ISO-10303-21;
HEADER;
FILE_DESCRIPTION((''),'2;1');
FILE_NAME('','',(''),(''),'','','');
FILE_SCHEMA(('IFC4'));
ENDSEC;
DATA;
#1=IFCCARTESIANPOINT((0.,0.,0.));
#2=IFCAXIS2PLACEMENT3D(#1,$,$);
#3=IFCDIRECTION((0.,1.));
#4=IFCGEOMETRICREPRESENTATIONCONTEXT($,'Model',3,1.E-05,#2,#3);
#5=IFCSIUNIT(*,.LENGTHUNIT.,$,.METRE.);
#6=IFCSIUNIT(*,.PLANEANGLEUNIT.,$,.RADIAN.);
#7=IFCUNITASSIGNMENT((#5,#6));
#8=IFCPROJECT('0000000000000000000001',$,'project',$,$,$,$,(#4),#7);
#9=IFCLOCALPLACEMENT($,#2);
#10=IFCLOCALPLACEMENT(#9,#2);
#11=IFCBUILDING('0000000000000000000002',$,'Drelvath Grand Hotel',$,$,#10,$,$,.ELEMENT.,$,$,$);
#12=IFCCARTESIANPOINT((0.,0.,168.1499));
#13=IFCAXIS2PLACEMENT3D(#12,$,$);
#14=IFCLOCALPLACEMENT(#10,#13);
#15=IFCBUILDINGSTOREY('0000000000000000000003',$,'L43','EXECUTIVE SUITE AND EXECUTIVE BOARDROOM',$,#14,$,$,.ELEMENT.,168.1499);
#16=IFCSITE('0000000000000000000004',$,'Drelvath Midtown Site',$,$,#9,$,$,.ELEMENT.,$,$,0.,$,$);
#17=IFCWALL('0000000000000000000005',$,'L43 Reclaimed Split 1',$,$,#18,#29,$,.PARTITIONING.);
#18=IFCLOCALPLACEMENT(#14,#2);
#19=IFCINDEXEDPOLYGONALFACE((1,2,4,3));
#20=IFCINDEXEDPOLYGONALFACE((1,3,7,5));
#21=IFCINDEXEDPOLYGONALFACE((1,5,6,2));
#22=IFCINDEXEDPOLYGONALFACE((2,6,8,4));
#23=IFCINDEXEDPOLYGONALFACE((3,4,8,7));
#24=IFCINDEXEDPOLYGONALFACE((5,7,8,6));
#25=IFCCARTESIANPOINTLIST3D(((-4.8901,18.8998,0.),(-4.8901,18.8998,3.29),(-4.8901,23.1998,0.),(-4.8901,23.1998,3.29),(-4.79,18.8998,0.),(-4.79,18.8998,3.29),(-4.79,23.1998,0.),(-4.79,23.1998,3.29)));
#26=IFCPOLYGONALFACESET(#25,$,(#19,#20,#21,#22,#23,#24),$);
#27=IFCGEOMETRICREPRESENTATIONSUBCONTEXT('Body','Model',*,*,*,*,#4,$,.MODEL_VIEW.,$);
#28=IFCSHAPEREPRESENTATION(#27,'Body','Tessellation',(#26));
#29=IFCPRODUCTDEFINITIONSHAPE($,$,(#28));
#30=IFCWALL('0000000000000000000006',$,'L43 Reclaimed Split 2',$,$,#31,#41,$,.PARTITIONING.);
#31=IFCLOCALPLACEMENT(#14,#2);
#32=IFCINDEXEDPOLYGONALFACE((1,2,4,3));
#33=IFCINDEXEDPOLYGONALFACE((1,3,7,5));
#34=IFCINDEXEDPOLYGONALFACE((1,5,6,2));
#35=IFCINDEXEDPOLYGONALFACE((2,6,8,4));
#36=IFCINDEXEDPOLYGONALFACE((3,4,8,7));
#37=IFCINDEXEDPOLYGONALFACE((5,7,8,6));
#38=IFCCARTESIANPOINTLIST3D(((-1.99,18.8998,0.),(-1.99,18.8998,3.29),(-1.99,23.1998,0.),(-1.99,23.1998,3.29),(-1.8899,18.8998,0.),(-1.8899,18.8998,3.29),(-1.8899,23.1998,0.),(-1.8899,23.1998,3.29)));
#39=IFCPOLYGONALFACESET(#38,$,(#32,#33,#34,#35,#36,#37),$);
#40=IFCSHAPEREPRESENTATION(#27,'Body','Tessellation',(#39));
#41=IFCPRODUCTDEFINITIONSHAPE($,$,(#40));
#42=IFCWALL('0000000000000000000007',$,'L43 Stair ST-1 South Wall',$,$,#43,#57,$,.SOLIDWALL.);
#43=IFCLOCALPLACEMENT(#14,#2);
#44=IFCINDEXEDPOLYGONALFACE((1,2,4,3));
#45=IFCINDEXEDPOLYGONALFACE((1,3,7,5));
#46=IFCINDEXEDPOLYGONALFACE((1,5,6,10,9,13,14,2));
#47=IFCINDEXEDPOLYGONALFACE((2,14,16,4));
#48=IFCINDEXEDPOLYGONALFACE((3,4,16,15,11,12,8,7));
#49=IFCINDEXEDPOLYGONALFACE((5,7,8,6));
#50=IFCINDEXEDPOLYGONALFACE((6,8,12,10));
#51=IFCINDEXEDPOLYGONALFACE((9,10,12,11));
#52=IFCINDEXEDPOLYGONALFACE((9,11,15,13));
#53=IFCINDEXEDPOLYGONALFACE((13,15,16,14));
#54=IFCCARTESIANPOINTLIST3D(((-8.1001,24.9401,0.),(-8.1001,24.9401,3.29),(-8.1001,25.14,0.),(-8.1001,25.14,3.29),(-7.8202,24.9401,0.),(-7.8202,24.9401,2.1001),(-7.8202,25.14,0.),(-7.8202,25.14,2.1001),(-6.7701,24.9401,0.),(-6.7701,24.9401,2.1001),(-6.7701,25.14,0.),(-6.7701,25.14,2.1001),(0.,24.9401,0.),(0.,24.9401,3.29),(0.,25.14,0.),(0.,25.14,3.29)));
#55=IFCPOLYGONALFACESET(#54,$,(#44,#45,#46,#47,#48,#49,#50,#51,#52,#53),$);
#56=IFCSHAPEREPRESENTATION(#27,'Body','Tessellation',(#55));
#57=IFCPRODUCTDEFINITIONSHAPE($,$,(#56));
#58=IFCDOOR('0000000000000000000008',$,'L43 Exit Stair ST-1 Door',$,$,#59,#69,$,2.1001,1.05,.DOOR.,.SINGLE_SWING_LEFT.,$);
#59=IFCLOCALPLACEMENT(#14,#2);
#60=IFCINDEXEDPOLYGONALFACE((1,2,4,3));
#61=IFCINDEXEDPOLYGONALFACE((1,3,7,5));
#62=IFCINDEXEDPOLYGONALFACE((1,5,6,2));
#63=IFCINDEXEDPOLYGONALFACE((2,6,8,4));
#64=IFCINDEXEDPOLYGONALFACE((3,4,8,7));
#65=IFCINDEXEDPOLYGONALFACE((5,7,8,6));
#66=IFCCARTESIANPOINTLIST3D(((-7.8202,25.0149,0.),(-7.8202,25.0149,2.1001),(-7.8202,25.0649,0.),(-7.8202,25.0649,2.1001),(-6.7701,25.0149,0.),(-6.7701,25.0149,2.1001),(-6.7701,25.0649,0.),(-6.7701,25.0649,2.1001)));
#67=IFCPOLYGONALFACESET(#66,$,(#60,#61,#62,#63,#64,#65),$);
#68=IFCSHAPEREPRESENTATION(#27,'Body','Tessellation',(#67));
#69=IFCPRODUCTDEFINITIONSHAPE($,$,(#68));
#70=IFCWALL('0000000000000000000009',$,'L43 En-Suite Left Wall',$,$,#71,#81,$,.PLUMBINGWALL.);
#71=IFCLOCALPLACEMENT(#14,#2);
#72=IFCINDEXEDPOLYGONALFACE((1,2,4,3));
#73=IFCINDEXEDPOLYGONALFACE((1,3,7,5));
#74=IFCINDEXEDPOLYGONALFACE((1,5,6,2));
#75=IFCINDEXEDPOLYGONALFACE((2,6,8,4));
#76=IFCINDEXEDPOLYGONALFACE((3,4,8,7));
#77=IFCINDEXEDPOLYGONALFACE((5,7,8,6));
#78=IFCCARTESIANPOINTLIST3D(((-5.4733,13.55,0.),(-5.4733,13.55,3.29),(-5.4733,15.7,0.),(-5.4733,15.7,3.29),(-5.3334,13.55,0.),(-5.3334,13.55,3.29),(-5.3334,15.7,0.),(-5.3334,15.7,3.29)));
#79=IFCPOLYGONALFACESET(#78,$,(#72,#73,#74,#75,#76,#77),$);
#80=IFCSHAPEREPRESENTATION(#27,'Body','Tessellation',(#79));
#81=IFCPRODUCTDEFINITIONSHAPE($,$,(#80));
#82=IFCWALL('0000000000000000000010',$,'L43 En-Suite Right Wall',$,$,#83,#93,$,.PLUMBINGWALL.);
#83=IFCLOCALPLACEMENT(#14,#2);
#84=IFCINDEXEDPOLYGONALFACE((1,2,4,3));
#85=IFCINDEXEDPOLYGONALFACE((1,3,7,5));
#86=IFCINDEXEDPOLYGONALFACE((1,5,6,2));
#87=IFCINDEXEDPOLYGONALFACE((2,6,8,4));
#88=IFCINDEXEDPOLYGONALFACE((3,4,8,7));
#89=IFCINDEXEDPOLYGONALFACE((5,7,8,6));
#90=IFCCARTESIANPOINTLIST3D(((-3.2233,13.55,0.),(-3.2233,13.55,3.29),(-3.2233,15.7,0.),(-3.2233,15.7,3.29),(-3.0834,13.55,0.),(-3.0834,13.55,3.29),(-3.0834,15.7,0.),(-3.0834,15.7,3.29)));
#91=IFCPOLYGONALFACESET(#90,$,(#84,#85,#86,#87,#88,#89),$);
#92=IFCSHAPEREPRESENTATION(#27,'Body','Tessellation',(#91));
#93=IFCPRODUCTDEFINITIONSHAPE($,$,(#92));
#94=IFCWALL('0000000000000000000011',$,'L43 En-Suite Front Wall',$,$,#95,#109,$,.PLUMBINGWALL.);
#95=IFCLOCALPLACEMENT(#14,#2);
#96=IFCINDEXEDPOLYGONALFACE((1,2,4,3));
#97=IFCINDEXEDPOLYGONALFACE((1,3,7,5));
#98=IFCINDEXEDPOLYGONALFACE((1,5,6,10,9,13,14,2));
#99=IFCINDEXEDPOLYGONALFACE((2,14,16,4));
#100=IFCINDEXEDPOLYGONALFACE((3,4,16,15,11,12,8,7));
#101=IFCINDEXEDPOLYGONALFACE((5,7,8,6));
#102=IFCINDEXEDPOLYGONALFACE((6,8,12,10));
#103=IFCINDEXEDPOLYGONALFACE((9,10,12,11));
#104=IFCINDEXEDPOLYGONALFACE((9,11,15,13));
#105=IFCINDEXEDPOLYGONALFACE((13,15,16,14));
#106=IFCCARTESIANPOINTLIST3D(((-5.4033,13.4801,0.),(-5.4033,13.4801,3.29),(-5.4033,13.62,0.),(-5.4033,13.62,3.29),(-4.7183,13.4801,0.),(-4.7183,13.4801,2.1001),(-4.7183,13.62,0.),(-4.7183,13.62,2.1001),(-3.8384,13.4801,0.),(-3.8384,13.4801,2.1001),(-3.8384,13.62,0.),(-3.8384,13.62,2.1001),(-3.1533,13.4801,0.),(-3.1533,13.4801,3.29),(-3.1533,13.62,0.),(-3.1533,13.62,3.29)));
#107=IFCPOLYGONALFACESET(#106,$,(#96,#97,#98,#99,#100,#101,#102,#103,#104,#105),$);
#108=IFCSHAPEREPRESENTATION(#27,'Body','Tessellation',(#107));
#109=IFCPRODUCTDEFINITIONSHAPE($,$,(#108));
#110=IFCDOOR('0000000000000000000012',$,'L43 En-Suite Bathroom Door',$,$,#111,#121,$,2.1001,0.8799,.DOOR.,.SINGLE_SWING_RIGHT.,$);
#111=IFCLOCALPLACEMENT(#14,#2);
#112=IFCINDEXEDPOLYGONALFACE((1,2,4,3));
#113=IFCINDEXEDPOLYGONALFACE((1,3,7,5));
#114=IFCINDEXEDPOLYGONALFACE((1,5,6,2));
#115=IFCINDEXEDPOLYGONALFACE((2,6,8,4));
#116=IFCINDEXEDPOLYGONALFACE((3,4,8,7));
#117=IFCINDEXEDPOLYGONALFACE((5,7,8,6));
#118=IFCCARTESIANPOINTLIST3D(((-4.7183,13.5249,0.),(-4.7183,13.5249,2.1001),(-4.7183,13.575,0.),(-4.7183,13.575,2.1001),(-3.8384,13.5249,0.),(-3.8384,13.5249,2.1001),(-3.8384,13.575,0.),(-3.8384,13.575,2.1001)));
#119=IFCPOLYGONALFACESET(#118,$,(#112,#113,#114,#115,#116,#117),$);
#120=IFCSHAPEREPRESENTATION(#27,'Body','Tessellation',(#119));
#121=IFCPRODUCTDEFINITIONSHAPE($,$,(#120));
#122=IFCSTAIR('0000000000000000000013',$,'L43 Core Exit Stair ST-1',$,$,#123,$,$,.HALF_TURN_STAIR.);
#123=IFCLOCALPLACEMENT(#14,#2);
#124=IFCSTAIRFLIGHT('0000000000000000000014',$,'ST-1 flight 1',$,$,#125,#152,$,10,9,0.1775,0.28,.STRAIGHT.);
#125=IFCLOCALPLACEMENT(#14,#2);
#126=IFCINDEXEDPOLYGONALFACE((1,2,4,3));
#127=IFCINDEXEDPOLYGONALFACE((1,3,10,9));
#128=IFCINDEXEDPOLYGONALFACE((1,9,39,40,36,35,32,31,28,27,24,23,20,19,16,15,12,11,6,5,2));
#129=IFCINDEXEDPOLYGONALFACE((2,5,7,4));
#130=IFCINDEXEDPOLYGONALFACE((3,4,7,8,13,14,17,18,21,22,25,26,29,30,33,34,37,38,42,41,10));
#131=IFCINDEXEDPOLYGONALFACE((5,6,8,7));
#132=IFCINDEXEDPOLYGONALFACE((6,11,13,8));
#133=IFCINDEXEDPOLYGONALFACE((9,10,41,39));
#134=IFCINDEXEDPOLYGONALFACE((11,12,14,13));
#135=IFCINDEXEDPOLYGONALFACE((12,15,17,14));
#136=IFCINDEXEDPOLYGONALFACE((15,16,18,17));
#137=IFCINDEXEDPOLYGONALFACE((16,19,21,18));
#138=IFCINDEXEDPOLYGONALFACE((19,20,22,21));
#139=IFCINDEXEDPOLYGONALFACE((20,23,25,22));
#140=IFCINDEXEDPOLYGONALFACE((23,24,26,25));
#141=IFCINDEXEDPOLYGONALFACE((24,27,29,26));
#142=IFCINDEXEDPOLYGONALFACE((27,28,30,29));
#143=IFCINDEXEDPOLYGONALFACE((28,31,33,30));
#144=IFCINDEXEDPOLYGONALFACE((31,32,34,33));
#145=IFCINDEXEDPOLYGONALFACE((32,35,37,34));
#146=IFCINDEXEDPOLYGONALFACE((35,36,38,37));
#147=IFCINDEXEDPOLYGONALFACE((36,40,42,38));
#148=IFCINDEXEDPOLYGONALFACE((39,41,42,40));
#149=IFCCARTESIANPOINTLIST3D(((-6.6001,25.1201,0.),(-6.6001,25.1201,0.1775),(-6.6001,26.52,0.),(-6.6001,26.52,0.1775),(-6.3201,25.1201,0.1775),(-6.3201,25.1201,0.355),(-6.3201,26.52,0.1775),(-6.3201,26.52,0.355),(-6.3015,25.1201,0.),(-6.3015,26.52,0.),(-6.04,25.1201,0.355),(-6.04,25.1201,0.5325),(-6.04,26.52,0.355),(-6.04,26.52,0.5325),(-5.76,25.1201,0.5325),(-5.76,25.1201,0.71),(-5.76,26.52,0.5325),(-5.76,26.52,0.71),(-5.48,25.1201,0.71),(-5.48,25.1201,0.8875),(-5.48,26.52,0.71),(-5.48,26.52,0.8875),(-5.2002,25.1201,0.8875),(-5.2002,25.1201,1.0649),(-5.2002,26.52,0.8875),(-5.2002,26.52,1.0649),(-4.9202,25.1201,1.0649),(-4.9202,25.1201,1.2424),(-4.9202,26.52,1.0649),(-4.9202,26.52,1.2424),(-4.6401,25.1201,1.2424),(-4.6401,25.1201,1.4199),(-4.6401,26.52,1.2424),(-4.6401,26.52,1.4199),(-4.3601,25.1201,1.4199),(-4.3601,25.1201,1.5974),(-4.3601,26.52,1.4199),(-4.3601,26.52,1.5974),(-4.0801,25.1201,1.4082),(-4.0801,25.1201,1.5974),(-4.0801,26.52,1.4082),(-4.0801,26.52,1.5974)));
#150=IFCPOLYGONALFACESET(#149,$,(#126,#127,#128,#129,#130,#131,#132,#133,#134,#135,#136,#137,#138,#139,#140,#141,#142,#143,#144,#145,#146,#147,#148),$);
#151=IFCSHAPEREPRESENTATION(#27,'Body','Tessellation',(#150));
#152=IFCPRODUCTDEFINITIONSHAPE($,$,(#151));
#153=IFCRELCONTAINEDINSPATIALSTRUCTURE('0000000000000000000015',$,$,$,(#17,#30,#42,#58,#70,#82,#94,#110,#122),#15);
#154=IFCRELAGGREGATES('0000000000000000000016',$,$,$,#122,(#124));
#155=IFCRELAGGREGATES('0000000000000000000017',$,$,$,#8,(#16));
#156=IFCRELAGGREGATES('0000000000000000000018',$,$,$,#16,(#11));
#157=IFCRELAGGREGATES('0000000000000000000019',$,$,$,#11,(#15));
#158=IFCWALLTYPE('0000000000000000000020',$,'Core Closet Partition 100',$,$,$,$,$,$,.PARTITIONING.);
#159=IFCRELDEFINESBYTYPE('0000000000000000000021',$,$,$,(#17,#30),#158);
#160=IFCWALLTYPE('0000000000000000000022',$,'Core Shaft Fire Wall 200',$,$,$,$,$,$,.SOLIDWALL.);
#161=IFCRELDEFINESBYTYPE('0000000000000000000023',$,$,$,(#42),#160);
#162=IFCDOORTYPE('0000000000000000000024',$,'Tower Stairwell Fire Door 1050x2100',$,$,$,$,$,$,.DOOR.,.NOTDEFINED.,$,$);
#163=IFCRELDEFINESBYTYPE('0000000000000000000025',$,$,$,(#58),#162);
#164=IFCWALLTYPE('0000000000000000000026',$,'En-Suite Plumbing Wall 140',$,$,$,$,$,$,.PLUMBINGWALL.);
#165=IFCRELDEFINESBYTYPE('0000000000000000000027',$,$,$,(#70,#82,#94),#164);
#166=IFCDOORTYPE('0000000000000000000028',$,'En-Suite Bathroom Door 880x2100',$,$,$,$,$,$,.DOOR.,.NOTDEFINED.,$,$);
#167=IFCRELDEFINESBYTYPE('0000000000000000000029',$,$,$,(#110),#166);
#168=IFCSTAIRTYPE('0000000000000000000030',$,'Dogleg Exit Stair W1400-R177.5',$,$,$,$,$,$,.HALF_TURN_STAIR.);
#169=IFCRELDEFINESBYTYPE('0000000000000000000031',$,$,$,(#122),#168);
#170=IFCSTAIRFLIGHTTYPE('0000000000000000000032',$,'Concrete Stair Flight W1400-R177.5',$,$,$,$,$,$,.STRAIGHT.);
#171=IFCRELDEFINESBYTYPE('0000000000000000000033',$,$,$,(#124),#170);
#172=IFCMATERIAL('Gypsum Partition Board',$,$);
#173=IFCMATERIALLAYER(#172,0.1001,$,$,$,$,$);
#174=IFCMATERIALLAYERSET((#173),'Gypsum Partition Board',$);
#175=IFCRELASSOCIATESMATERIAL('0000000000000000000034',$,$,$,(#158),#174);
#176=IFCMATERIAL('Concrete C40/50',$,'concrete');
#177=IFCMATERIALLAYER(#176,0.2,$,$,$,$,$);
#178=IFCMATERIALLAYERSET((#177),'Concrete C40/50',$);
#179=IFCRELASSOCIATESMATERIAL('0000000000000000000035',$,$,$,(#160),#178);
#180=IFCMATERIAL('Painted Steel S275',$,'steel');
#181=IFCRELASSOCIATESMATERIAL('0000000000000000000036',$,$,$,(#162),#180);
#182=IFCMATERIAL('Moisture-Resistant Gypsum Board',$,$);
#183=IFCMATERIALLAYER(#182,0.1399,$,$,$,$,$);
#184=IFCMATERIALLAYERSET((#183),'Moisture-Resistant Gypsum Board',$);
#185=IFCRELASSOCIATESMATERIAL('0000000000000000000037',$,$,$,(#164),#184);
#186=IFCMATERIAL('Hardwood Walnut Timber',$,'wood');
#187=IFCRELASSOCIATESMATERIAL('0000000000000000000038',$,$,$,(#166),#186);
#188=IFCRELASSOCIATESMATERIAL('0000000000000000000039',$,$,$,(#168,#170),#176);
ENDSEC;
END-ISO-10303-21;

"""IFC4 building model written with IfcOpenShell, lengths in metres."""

from ifc_helpers import new_model, si_unit, direction, frame, frame_2d, origin, place, context, subcontext, project, spatial, polyline, rectangle, outline, extrude, material, layer, layer_set, type_object, element, fill, aggregate, save


model = new_model("IFC4")

# Units and contexts
model_context = context("Model", 3, precision=1e-05, world=origin(), true_north=direction((0.0, 1.0)))
body_context = subcontext(model_context, "Body", "Model", "MODEL_VIEW")
ifc_project = project(units=[si_unit("LENGTHUNIT", "METRE"), si_unit("PLANEANGLEUNIT", "RADIAN")], contexts=[model_context])

# Site, building, storey
site_placement = place(None, origin())
site = spatial("IfcSite", under=ifc_project, at=site_placement, Name="Drelvath Midtown Site", CompositionType="ELEMENT", RefElevation=0.0)
building_placement = place(site_placement, origin())
building = spatial("IfcBuilding", under=site, at=building_placement, Name="Drelvath Grand Hotel", CompositionType="ELEMENT")
storey_placement = place(building_placement, frame((0.0, 0.0, 168.1499)))
storey = spatial("IfcBuildingStorey", under=building, at=storey_placement, Name="L43", Description="EXECUTIVE SUITE AND EXECUTIVE BOARDROOM", CompositionType="ELEMENT", Elevation=168.1499)

# Walls
ifc_material_1 = material(Name="Gypsum Partition Board")
ifc_layer_1 = layer(ifc_material_1, 0.1001)
ifc_layer_set_1 = layer_set([ifc_layer_1], Name="Gypsum Partition Board")
wall_type_1 = type_object("IfcWallType", Name="Core Closet Partition 100", PredefinedType="PARTITIONING", material=ifc_layer_set_1)
for number, where, z_axis, x_axis, name in (
    (1, (-4.8401, 18.8999, 0.0), (0.0, 0.0, 1.0), (0.0, 1.0, 0.0), "L43 Reclaimed Split 1"),
    (2, (-1.9399, 18.8999, 0.0), (0.0, 0.0, 1.0), (0.0, 1.0, 0.0), "L43 Reclaimed Split 2"),
):
    element("IfcWall", number, at=place(storey_placement, frame(where, z_axis=z_axis, x_axis=x_axis)), inside=storey, type_object=wall_type_1, Name=name, PredefinedType="PARTITIONING", context=body_context, shape_type="SweptSolid", body=[
        extrude(rectangle(XDim=4.3, YDim=0.1001, at=frame_2d((2.1499, 0.0))), origin(), (0.0, 0.0, 1.0), 3.29),
    ])

# Wall, opening, door
ifc_material_2 = material(Name="Concrete C40/50", Category="concrete")
ifc_layer_2 = layer(ifc_material_2, 0.2)
ifc_layer_set_2 = layer_set([ifc_layer_2], Name="Concrete C40/50")
wall_type_2 = type_object("IfcWallType", Name="Core Shaft Fire Wall 200", PredefinedType="SOLIDWALL", material=ifc_layer_set_2)
wall_1_placement = place(storey_placement, frame((-8.1001, 25.04, 0.0), z_axis=(0.0, 0.0, 1.0), x_axis=(1.0, 0.0, 0.0)))
wall_1 = element("IfcWall", 3, at=wall_1_placement, inside=storey, type_object=wall_type_2, Name="L43 Stair ST-1 South Wall", PredefinedType="SOLIDWALL", context=body_context, shape_type="SweptSolid", body=[
    extrude(rectangle(XDim=8.1001, YDim=0.2, at=frame_2d((4.05, 0.0))), origin(), (0.0, 0.0, 1.0), 3.29),
])
opening_1_placement = place(wall_1_placement, frame((0.28, 0.0, 0.0)))
opening_1 = element("IfcOpeningElement", 4, at=opening_1_placement, cuts=wall_1, PredefinedType="OPENING", context=body_context, shape_type="SweptSolid", body=[
    extrude(rectangle(XDim=1.05, YDim=2.1001, at=frame_2d((0.5249, 1.05))), frame((0.0, 0.1099, 0.0), z_axis=(0.0, -1.0, 0.0), x_axis=(1.0, 0.0, 0.0)), (0.0, 0.0, 1.0), 0.22),
])
ifc_material_3 = material(Name="Painted Steel S275", Category="steel")
door_type_1 = type_object("IfcDoorType", Name="Tower Stairwell Fire Door 1050x2100", OperationType="NOTDEFINED", PredefinedType="DOOR", material=ifc_material_3)
door_1_placement = place(opening_1_placement, origin())
door_1 = element("IfcDoor", 5, at=door_1_placement, inside=storey, type_object=door_type_1, Name="L43 Exit Stair ST-1 Door", OperationType="SINGLE_SWING_LEFT", OverallHeight=2.1001, OverallWidth=1.05, PredefinedType="DOOR", context=body_context, shape_type="SweptSolid", body=[
    extrude(rectangle(XDim=1.05, YDim=2.1001, at=frame_2d((0.5249, 1.05))), frame((0.0, 0.0249, 0.0), z_axis=(0.0, -1.0, 0.0), x_axis=(1.0, 0.0, 0.0)), (0.0, 0.0, 1.0), 0.05),
])
fill(opening_1, door_1)

# Walls
ifc_material_4 = material(Name="Moisture-Resistant Gypsum Board")
ifc_layer_3 = layer(ifc_material_4, 0.1399)
ifc_layer_set_3 = layer_set([ifc_layer_3], Name="Moisture-Resistant Gypsum Board")
wall_type_3 = type_object("IfcWallType", Name="En-Suite Plumbing Wall 140", PredefinedType="PLUMBINGWALL", material=ifc_layer_set_3)
for number, where, z_axis, x_axis, name in (
    (6, (-5.4033, 15.7, 0.0), (0.0, 0.0, 1.0), (0.0, -1.0, 0.0), "L43 En-Suite Left Wall"),
    (7, (-3.1533, 15.7, 0.0), (0.0, 0.0, 1.0), (0.0, -1.0, 0.0), "L43 En-Suite Right Wall"),
):
    element("IfcWall", number, at=place(storey_placement, frame(where, z_axis=z_axis, x_axis=x_axis)), inside=storey, type_object=wall_type_3, Name=name, PredefinedType="PLUMBINGWALL", context=body_context, shape_type="SweptSolid", body=[
        extrude(rectangle(XDim=2.1499, YDim=0.1399, at=frame_2d((1.075, 0.0))), origin(), (0.0, 0.0, 1.0), 3.29),
    ])

# Wall, opening, door
wall_2_placement = place(storey_placement, frame((-5.4033, 13.55, 0.0), z_axis=(0.0, 0.0, 1.0), x_axis=(1.0, 0.0, 0.0)))
wall_2 = element("IfcWall", 8, at=wall_2_placement, inside=storey, type_object=wall_type_3, Name="L43 En-Suite Front Wall", PredefinedType="PLUMBINGWALL", context=body_context, shape_type="SweptSolid", body=[
    extrude(rectangle(XDim=2.25, YDim=0.1399, at=frame_2d((1.125, 0.0))), origin(), (0.0, 0.0, 1.0), 3.29),
])
opening_2_placement = place(wall_2_placement, frame((0.6851, 0.0, 0.0)))
opening_2 = element("IfcOpeningElement", 9, at=opening_2_placement, cuts=wall_2, PredefinedType="OPENING", context=body_context, shape_type="SweptSolid", body=[
    extrude(rectangle(XDim=0.8799, YDim=2.1001, at=frame_2d((0.4399, 1.05))), frame((0.0, 0.0798, 0.0), z_axis=(0.0, -1.0, 0.0), x_axis=(1.0, 0.0, 0.0)), (0.0, 0.0, 1.0), 0.1599),
])
ifc_material_5 = material(Name="Hardwood Walnut Timber", Category="wood")
door_type_2 = type_object("IfcDoorType", Name="En-Suite Bathroom Door 880x2100", OperationType="NOTDEFINED", PredefinedType="DOOR", material=ifc_material_5)
door_2_placement = place(opening_2_placement, origin())
door_2 = element("IfcDoor", 10, at=door_2_placement, inside=storey, type_object=door_type_2, Name="L43 En-Suite Bathroom Door", OperationType="SINGLE_SWING_RIGHT", OverallHeight=2.1001, OverallWidth=0.8799, PredefinedType="DOOR", context=body_context, shape_type="SweptSolid", body=[
    extrude(rectangle(XDim=0.8799, YDim=2.1001, at=frame_2d((0.4399, 1.05))), frame((0.0, 0.0249, 0.0), z_axis=(0.0, -1.0, 0.0), x_axis=(1.0, 0.0, 0.0)), (0.0, 0.0, 1.0), 0.05),
])
fill(opening_2, door_2)

# Stair, stair flight
stair_type = type_object("IfcStairType", Name="Dogleg Exit Stair W1400-R177.5", PredefinedType="HALF_TURN_STAIR", material=ifc_material_2)
stair_placement = place(storey_placement, origin())
stair = element("IfcStair", 11, at=stair_placement, inside=storey, type_object=stair_type, Name="L43 Core Exit Stair ST-1", PredefinedType="HALF_TURN_STAIR")
stair_flight_type = type_object("IfcStairFlightType", Name="Concrete Stair Flight W1400-R177.5", PredefinedType="STRAIGHT", material=ifc_material_2)
stair_flight_placement = place(storey_placement, frame((-6.6001, 25.8201, 0.0), z_axis=(0.0, 0.0, 1.0), x_axis=(1.0, 0.0, 0.0)))
stair_flight = element("IfcStairFlight", 12, at=stair_flight_placement, type_object=stair_flight_type, Name="ST-1 flight 1", NumberOfRisers=10, NumberOfTreads=9, PredefinedType="STRAIGHT", RiserHeight=0.1775, TreadLength=0.28, context=body_context, shape_type="SweptSolid", body=[
    extrude(outline(polyline([(0.0, 0.0), (0.0, 0.1775), (0.28, 0.1775), (0.28, 0.355), (0.5601, 0.355), (0.5601, 0.5325), (0.8401, 0.5325), (0.8401, 0.71), (1.1201, 0.71), (1.1201, 0.8875), (1.3999, 0.8875), (1.3999, 1.0649), (1.6799, 1.0649), (1.6799, 1.2424), (1.96, 1.2424), (1.96, 1.4199), (2.24, 1.4199), (2.24, 1.5974), (2.52, 1.5974), (2.52, 1.7749), (2.52, 1.4082), (0.2986, 0.0), (0.0, 0.0)])), frame((0.0, 0.7, 0.0), z_axis=(0.0, -1.0, 0.0), x_axis=(1.0, 0.0, 0.0)), (0.0, 0.0, 1.0), 1.3999),
])
aggregate(stair, [stair_flight])

save(model, "model.ifc")
